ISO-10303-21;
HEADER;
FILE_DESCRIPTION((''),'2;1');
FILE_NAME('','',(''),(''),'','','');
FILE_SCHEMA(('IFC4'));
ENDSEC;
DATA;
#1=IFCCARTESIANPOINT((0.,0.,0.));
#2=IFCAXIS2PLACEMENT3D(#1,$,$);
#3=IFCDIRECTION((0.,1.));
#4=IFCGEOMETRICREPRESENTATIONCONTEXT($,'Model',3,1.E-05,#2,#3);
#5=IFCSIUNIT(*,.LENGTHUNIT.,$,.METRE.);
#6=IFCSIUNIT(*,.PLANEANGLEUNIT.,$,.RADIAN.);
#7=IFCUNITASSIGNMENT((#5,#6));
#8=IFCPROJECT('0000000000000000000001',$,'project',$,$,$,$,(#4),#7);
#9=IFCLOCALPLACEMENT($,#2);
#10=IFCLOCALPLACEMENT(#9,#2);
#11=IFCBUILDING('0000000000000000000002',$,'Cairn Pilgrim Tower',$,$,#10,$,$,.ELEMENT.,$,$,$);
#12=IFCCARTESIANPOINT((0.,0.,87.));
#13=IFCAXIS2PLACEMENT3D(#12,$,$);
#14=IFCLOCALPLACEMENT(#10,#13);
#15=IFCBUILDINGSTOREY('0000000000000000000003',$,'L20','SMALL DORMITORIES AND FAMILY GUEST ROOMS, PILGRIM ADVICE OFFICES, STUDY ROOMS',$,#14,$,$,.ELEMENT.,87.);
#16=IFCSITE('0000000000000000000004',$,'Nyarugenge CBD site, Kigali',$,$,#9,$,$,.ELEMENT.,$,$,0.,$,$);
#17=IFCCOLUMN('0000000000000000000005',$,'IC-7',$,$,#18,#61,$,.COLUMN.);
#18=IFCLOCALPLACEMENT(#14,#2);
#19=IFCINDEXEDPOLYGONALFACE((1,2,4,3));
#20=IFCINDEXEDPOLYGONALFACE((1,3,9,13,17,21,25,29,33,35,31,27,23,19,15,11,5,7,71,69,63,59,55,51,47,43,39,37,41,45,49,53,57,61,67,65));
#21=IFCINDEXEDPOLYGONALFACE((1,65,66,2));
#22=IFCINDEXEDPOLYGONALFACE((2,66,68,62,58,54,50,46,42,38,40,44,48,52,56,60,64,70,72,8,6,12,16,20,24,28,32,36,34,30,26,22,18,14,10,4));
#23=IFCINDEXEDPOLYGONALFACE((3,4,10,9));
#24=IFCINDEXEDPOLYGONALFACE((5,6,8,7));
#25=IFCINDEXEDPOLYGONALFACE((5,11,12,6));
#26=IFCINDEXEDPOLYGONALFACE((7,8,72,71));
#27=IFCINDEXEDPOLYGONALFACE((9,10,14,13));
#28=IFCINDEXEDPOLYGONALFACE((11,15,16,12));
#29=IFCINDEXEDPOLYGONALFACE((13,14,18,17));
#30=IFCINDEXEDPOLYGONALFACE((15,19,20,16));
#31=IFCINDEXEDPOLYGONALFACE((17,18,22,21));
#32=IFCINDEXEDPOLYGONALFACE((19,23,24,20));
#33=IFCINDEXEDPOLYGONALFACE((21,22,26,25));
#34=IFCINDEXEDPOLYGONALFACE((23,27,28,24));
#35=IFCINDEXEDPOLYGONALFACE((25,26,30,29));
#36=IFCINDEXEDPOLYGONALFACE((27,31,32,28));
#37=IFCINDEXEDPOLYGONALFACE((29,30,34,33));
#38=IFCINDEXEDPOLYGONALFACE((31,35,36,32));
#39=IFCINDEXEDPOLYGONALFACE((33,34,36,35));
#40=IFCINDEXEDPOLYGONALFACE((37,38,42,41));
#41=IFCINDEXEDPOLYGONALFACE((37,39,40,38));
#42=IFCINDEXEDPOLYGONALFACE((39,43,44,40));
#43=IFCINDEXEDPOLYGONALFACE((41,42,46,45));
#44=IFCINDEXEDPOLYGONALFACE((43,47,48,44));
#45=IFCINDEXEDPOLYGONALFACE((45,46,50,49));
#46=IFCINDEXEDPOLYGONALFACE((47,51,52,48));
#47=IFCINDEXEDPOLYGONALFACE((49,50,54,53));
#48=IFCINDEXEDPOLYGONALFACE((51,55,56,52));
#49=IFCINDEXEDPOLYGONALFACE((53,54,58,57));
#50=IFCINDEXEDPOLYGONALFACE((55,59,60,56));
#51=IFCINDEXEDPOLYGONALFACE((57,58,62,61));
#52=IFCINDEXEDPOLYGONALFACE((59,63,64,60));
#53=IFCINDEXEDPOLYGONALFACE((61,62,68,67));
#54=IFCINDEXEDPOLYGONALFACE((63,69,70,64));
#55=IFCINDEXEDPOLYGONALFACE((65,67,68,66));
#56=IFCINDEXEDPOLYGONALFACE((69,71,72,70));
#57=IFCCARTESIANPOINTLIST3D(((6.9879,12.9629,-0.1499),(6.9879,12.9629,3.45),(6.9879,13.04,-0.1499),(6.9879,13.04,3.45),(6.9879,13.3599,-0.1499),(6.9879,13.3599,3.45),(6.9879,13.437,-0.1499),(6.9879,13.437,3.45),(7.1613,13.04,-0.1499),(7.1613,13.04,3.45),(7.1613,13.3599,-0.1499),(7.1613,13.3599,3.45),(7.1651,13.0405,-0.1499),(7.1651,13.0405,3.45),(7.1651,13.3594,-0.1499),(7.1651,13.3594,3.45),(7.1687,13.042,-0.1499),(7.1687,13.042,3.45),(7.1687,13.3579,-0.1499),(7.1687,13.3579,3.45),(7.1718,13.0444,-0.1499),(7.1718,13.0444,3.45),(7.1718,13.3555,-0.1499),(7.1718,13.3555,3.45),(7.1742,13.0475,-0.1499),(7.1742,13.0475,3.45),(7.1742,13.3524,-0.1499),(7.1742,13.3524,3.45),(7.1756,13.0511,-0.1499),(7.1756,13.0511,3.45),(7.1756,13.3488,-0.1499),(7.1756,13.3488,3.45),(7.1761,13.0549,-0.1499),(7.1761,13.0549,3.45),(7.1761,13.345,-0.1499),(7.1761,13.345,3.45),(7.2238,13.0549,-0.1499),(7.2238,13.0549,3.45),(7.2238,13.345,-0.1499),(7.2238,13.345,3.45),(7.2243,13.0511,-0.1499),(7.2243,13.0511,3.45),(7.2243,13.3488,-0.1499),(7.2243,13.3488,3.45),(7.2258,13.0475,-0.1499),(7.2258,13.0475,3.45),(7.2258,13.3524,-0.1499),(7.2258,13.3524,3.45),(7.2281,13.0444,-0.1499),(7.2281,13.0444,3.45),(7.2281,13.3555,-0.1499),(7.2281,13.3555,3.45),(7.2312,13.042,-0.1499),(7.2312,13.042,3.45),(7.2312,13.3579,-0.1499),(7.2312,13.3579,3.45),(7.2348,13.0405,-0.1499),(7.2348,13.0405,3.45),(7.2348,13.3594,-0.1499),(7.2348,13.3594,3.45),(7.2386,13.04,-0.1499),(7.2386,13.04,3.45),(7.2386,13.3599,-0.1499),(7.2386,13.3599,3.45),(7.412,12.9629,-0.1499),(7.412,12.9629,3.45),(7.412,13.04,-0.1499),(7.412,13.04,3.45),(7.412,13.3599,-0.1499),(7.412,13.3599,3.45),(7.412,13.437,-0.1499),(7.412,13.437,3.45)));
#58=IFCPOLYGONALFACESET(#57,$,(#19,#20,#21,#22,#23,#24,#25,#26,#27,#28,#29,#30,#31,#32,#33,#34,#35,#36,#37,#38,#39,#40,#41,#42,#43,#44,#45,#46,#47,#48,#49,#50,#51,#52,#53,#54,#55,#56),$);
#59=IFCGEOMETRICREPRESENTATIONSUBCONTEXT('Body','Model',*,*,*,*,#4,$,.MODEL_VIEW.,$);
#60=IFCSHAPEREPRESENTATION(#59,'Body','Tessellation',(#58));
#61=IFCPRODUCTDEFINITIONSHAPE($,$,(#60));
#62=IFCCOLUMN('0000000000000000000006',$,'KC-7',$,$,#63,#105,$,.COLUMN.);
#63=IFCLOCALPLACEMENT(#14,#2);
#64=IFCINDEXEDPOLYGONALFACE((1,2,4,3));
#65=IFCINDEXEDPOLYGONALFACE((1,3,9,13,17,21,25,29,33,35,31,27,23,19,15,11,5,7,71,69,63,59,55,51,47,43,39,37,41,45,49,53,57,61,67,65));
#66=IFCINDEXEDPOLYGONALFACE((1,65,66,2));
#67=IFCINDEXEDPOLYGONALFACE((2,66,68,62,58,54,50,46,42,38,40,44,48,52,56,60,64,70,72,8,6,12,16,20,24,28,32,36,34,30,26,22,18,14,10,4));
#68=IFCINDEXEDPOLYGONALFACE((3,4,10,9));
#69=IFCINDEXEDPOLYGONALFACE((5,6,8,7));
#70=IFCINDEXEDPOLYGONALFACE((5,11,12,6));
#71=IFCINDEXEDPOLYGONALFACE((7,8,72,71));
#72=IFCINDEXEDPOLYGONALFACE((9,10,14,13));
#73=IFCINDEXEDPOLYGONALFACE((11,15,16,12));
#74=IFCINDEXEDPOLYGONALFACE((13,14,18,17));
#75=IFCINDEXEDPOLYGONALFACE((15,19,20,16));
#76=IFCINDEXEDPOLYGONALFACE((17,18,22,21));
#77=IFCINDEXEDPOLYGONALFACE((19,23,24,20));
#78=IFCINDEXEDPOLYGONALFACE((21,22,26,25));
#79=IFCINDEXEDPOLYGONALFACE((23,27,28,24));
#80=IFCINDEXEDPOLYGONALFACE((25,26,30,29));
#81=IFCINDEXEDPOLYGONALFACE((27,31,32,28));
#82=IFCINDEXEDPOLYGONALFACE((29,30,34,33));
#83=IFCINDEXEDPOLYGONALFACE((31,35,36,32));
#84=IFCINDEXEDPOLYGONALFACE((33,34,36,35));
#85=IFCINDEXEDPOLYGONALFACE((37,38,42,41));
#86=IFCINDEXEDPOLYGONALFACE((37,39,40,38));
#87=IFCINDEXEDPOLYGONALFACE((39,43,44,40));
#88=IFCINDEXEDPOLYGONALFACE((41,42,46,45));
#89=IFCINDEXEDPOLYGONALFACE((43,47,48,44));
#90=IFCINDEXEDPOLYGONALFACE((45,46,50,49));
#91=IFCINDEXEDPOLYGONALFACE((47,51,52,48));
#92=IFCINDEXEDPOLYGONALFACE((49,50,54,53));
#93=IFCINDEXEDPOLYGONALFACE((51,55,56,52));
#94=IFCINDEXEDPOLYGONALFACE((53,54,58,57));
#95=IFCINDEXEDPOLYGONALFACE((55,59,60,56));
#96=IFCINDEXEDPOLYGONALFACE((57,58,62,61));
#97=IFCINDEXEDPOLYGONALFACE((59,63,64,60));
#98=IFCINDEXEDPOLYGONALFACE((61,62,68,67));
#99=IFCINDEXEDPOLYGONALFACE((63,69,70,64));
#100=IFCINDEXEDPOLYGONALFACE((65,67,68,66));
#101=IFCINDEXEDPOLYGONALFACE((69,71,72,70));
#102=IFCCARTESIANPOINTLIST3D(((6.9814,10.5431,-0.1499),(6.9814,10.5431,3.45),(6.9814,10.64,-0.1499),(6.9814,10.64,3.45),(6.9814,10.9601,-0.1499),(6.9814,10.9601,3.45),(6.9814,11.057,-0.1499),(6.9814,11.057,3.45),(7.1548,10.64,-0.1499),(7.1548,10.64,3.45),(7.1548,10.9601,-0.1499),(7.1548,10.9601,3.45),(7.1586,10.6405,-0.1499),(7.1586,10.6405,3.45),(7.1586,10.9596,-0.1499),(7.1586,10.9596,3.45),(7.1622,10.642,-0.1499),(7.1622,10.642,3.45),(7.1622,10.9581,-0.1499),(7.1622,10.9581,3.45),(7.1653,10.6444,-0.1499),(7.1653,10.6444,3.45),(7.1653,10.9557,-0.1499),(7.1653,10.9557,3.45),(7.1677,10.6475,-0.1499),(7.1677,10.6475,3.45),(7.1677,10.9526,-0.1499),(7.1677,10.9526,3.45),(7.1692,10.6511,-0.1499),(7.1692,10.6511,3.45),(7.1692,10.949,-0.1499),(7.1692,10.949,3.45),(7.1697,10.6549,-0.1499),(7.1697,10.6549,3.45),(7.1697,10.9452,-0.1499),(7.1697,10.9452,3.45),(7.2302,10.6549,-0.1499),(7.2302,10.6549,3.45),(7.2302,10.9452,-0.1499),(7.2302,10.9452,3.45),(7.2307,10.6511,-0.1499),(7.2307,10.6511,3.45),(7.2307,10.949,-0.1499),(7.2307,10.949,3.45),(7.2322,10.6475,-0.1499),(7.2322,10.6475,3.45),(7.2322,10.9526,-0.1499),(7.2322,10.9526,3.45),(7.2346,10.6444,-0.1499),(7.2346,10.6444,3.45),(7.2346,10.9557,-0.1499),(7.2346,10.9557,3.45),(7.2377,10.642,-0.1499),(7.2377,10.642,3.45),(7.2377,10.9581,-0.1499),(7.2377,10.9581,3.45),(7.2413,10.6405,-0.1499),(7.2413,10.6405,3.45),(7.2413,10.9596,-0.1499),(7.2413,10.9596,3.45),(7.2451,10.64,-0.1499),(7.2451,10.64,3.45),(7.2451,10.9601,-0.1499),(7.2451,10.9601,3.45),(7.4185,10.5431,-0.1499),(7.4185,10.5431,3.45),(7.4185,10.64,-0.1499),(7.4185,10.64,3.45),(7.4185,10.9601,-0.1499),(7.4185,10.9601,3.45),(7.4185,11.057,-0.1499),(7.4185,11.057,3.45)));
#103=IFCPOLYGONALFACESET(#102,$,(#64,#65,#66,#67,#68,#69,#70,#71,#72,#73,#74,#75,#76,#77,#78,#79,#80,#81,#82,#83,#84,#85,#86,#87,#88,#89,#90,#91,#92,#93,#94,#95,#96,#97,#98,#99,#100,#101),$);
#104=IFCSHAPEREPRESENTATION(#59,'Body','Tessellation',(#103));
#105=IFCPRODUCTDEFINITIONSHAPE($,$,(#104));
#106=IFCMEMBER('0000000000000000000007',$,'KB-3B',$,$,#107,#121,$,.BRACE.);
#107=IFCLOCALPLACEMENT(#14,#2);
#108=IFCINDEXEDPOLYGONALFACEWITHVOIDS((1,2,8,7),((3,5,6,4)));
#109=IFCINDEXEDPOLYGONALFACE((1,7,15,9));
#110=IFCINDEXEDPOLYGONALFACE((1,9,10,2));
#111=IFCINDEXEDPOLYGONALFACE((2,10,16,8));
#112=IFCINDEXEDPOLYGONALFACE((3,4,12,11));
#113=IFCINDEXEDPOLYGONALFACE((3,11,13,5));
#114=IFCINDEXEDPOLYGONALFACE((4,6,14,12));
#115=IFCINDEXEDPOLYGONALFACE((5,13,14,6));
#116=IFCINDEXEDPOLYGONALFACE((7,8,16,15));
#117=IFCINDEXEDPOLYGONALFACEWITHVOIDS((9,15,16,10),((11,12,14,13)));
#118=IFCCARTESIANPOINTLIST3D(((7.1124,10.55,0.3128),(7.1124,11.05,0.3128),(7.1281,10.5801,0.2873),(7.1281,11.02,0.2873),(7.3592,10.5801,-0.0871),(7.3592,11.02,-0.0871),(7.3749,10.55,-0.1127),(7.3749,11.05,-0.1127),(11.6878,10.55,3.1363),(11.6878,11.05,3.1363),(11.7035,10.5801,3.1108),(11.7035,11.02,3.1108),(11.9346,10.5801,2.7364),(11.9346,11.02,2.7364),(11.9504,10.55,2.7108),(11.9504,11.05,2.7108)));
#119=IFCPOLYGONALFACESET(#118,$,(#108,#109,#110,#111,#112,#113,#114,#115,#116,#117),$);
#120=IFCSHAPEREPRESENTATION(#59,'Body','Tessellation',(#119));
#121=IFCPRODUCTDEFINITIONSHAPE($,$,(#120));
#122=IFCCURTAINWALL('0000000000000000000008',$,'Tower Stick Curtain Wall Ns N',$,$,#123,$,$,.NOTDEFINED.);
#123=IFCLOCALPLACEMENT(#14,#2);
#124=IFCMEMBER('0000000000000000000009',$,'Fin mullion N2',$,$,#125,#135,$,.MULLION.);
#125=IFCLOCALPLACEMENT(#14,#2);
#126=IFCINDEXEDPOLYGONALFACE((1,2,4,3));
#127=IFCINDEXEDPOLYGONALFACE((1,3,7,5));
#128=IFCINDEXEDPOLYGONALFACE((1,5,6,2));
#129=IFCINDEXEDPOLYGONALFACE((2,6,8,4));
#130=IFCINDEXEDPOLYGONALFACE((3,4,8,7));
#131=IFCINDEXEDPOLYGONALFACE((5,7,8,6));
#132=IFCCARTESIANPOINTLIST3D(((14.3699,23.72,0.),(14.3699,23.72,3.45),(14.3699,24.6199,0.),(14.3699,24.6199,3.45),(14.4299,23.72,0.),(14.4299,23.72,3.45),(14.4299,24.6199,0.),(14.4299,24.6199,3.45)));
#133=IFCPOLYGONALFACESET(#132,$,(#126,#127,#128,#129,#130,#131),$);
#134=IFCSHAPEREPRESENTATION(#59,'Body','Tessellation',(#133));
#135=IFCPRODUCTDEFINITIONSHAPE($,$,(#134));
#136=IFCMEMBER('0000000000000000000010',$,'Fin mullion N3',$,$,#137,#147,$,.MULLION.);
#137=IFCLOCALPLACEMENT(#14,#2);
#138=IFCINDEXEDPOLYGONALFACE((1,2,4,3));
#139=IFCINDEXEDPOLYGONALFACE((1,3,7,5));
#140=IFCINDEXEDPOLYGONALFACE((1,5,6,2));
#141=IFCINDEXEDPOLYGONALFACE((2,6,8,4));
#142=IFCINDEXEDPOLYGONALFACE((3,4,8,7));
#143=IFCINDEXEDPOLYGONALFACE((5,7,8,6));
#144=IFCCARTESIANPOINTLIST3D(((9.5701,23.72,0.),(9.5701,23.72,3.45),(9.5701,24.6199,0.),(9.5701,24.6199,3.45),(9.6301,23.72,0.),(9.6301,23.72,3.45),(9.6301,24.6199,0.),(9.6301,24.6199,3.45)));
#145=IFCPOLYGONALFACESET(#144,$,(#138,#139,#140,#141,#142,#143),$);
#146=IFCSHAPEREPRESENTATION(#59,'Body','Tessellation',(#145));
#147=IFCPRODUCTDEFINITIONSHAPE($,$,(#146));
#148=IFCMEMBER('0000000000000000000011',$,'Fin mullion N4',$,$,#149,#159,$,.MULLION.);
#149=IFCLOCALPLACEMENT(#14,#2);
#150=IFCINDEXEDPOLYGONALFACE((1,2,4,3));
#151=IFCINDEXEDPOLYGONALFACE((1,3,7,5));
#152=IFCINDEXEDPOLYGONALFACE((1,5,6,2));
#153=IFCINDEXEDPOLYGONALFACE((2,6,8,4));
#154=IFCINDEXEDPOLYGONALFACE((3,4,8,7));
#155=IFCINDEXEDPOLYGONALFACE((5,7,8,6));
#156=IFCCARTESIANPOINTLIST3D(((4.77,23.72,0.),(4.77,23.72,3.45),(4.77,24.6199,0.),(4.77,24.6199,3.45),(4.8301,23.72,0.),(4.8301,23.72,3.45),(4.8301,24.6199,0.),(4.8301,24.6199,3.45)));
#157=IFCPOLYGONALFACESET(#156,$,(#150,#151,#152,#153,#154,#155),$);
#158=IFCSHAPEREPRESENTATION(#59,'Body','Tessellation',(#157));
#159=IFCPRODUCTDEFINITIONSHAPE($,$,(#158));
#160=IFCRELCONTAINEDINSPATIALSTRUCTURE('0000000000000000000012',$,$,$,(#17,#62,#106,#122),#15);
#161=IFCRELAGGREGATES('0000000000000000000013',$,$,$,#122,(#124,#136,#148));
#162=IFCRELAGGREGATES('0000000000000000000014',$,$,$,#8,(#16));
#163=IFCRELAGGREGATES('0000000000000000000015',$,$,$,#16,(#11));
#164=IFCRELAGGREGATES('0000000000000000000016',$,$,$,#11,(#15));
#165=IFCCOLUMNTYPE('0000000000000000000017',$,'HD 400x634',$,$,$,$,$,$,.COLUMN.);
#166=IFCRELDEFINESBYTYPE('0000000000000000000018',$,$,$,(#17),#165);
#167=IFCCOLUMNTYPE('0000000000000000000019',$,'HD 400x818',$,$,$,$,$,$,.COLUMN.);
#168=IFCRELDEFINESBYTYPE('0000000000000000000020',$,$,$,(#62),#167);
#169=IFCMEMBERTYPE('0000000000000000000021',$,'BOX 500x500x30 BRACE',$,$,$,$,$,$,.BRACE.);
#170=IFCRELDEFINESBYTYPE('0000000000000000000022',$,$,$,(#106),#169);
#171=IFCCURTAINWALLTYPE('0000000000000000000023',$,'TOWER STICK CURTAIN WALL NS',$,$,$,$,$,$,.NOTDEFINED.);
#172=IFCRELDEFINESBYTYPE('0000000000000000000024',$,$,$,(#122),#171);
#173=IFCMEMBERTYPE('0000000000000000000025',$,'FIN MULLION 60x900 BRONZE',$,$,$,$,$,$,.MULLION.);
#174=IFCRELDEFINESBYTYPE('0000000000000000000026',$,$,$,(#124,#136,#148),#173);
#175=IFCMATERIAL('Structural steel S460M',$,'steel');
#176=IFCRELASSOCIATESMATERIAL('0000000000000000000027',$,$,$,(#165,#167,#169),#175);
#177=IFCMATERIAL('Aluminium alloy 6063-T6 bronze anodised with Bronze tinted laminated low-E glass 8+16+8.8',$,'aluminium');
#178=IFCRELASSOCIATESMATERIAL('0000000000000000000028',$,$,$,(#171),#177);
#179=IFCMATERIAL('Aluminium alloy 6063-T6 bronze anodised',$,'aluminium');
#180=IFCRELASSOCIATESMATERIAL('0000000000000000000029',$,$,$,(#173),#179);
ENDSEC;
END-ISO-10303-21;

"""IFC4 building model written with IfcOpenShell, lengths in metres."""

from ifc_helpers import new_model, si_unit, direction, frame, origin, origin_2d, place, context, subcontext, project, spatial, rectangle, hollow_rectangle, i_section, extrude, material, material_profile, profile_set, type_object, element, aggregate, save


model = new_model("IFC4")

# Units and contexts
model_context = context("Model", 3, precision=1e-05, world=origin(), true_north=direction((0.0, 1.0)))
body_context = subcontext(model_context, "Body", "Model", "MODEL_VIEW")
ifc_project = project(units=[si_unit("LENGTHUNIT", "METRE"), si_unit("PLANEANGLEUNIT", "RADIAN")], contexts=[model_context])

# Site, building, storey
site_placement = place(None, origin())
site = spatial("IfcSite", under=ifc_project, at=site_placement, Name="Nyarugenge CBD site, Kigali", CompositionType="ELEMENT", RefElevation=0.0)
building_placement = place(site_placement, origin())
building = spatial("IfcBuilding", under=site, at=building_placement, Name="Cairn Pilgrim Tower", CompositionType="ELEMENT")
storey_placement = place(building_placement, frame((0.0, 0.0, 87.0)))
storey = spatial("IfcBuildingStorey", under=building, at=storey_placement, Name="L20", Description="SMALL DORMITORIES AND FAMILY GUEST ROOMS, PILGRIM ADVICE OFFICES, STUDY ROOMS", CompositionType="ELEMENT", Elevation=87.0)

# Columns
ifc_material_1 = material(Name="Structural steel S460M", Category="steel")
ifc_material_profile_1 = material_profile(ifc_material_1, i_section(OverallWidth=0.4241, OverallDepth=0.4741, WebThickness=0.0476, FlangeThickness=0.0771, FilletRadius=0.0149, at=origin_2d()), Name="HD 400x634")
ifc_profile_set_1 = profile_set([ifc_material_profile_1], Name="Structural steel S460M")
column_type_1 = type_object("IfcColumnType", Name="HD 400x634", PredefinedType="COLUMN", material=ifc_profile_set_1)
column_1_placement = place(storey_placement, frame((7.2, 13.2, -0.1499), z_axis=(0.0, 0.0, 1.0), x_axis=(1.0, 0.0, 0.0)))
element("IfcColumn", 1, at=column_1_placement, inside=storey, type_object=column_type_1, Name="IC-7", PredefinedType="COLUMN", context=body_context, shape_type="SweptSolid", body=[
    extrude(i_section(OverallWidth=0.4241, OverallDepth=0.4741, WebThickness=0.0476, FlangeThickness=0.0771, FilletRadius=0.0149, at=origin_2d()), origin(), (0.0, 0.0, 1.0), 3.5999),
])
ifc_material_profile_2 = material_profile(ifc_material_1, i_section(OverallWidth=0.437, OverallDepth=0.5139, WebThickness=0.0605, FlangeThickness=0.0969, FilletRadius=0.0149, at=origin_2d()), Name="HD 400x818")
ifc_profile_set_2 = profile_set([ifc_material_profile_2], Name="Structural steel S460M")
column_type_2 = type_object("IfcColumnType", Name="HD 400x818", PredefinedType="COLUMN", material=ifc_profile_set_2)
column_2_placement = place(storey_placement, frame((7.2, 10.8, -0.1499), z_axis=(0.0, 0.0, 1.0), x_axis=(1.0, 0.0, 0.0)))
element("IfcColumn", 2, at=column_2_placement, inside=storey, type_object=column_type_2, Name="KC-7", PredefinedType="COLUMN", context=body_context, shape_type="SweptSolid", body=[
    extrude(i_section(OverallWidth=0.437, OverallDepth=0.5139, WebThickness=0.0605, FlangeThickness=0.0969, FilletRadius=0.0149, at=origin_2d()), origin(), (0.0, 0.0, 1.0), 3.5999),
])

# Member
ifc_material_profile_3 = material_profile(ifc_material_1, hollow_rectangle(XDim=0.5, YDim=0.5, WallThickness=0.03, at=origin_2d()), Name="BOX 500x500x30")
ifc_profile_set_3 = profile_set([ifc_material_profile_3], Name="Structural steel S460M")
member_type_1 = type_object("IfcMemberType", Name="BOX 500x500x30 BRACE", PredefinedType="BRACE", material=ifc_profile_set_3)
member_1_placement = place(storey_placement, frame((7.2437, 10.8, 0.1001), z_axis=(0.851008, 0.0, 0.525154), x_axis=(0.0, 1.0, 0.0)))
element("IfcMember", 3, at=member_1_placement, inside=storey, type_object=member_type_1, Name="KB-3B", PredefinedType="BRACE", context=body_context, shape_type="SweptSolid", body=[
    extrude(hollow_rectangle(XDim=0.5, YDim=0.5, WallThickness=0.03, at=origin_2d()), origin(), (0.0, 0.0, 1.0), 5.3765),
])

# Curtain wall, members
ifc_material_2 = material(Name="Aluminium alloy 6063-T6 bronze anodised with Bronze tinted laminated low-E glass 8+16+8.8", Category="aluminium")
curtain_wall_type = type_object("IfcCurtainWallType", Name="TOWER STICK CURTAIN WALL NS", PredefinedType="NOTDEFINED", material=ifc_material_2)
curtain_wall_placement = place(storey_placement, origin())
curtain_wall = element("IfcCurtainWall", 4, at=curtain_wall_placement, inside=storey, type_object=curtain_wall_type, Name="Tower Stick Curtain Wall Ns N", PredefinedType="NOTDEFINED")
ifc_material_3 = material(Name="Aluminium alloy 6063-T6 bronze anodised", Category="aluminium")
ifc_material_profile_4 = material_profile(ifc_material_3, rectangle(XDim=0.8999, YDim=0.0601, at=origin_2d()), Name="FIN MULLION 60x900 BRONZE")
ifc_profile_set_4 = profile_set([ifc_material_profile_4], Name="Aluminium alloy 6063-T6 bronze anodised")
member_type_2 = type_object("IfcMemberType", Name="FIN MULLION 60x900 BRONZE", PredefinedType="MULLION", material=ifc_profile_set_4)
member_2_placement = place(storey_placement, frame((14.3999, 24.1699, 0.0), z_axis=(0.0, 0.0, 1.0), x_axis=(0.0, 1.0, 0.0)))
member_2 = element("IfcMember", 5, at=member_2_placement, type_object=member_type_2, Name="Fin mullion N2", PredefinedType="MULLION", context=body_context, shape_type="SweptSolid", body=[
    extrude(rectangle(XDim=0.8999, YDim=0.0601, at=origin_2d()), origin(), (0.0, 0.0, 1.0), 3.45),
])
member_3_placement = place(storey_placement, frame((9.6001, 24.1699, 0.0), z_axis=(0.0, 0.0, 1.0), x_axis=(0.0, 1.0, 0.0)))
member_3 = element("IfcMember", 6, at=member_3_placement, type_object=member_type_2, Name="Fin mullion N3", PredefinedType="MULLION", context=body_context, shape_type="SweptSolid", body=[
    extrude(rectangle(XDim=0.8999, YDim=0.0601, at=origin_2d()), origin(), (0.0, 0.0, 1.0), 3.45),
])
member_4_placement = place(storey_placement, frame((4.8, 24.1699, 0.0), z_axis=(0.0, 0.0, 1.0), x_axis=(0.0, 1.0, 0.0)))
member_4 = element("IfcMember", 7, at=member_4_placement, type_object=member_type_2, Name="Fin mullion N4", PredefinedType="MULLION", context=body_context, shape_type="SweptSolid", body=[
    extrude(rectangle(XDim=0.8999, YDim=0.0601, at=origin_2d()), origin(), (0.0, 0.0, 1.0), 3.45),
])

aggregate(curtain_wall, [member_2, member_3, member_4])

save(model, "model.ifc")
